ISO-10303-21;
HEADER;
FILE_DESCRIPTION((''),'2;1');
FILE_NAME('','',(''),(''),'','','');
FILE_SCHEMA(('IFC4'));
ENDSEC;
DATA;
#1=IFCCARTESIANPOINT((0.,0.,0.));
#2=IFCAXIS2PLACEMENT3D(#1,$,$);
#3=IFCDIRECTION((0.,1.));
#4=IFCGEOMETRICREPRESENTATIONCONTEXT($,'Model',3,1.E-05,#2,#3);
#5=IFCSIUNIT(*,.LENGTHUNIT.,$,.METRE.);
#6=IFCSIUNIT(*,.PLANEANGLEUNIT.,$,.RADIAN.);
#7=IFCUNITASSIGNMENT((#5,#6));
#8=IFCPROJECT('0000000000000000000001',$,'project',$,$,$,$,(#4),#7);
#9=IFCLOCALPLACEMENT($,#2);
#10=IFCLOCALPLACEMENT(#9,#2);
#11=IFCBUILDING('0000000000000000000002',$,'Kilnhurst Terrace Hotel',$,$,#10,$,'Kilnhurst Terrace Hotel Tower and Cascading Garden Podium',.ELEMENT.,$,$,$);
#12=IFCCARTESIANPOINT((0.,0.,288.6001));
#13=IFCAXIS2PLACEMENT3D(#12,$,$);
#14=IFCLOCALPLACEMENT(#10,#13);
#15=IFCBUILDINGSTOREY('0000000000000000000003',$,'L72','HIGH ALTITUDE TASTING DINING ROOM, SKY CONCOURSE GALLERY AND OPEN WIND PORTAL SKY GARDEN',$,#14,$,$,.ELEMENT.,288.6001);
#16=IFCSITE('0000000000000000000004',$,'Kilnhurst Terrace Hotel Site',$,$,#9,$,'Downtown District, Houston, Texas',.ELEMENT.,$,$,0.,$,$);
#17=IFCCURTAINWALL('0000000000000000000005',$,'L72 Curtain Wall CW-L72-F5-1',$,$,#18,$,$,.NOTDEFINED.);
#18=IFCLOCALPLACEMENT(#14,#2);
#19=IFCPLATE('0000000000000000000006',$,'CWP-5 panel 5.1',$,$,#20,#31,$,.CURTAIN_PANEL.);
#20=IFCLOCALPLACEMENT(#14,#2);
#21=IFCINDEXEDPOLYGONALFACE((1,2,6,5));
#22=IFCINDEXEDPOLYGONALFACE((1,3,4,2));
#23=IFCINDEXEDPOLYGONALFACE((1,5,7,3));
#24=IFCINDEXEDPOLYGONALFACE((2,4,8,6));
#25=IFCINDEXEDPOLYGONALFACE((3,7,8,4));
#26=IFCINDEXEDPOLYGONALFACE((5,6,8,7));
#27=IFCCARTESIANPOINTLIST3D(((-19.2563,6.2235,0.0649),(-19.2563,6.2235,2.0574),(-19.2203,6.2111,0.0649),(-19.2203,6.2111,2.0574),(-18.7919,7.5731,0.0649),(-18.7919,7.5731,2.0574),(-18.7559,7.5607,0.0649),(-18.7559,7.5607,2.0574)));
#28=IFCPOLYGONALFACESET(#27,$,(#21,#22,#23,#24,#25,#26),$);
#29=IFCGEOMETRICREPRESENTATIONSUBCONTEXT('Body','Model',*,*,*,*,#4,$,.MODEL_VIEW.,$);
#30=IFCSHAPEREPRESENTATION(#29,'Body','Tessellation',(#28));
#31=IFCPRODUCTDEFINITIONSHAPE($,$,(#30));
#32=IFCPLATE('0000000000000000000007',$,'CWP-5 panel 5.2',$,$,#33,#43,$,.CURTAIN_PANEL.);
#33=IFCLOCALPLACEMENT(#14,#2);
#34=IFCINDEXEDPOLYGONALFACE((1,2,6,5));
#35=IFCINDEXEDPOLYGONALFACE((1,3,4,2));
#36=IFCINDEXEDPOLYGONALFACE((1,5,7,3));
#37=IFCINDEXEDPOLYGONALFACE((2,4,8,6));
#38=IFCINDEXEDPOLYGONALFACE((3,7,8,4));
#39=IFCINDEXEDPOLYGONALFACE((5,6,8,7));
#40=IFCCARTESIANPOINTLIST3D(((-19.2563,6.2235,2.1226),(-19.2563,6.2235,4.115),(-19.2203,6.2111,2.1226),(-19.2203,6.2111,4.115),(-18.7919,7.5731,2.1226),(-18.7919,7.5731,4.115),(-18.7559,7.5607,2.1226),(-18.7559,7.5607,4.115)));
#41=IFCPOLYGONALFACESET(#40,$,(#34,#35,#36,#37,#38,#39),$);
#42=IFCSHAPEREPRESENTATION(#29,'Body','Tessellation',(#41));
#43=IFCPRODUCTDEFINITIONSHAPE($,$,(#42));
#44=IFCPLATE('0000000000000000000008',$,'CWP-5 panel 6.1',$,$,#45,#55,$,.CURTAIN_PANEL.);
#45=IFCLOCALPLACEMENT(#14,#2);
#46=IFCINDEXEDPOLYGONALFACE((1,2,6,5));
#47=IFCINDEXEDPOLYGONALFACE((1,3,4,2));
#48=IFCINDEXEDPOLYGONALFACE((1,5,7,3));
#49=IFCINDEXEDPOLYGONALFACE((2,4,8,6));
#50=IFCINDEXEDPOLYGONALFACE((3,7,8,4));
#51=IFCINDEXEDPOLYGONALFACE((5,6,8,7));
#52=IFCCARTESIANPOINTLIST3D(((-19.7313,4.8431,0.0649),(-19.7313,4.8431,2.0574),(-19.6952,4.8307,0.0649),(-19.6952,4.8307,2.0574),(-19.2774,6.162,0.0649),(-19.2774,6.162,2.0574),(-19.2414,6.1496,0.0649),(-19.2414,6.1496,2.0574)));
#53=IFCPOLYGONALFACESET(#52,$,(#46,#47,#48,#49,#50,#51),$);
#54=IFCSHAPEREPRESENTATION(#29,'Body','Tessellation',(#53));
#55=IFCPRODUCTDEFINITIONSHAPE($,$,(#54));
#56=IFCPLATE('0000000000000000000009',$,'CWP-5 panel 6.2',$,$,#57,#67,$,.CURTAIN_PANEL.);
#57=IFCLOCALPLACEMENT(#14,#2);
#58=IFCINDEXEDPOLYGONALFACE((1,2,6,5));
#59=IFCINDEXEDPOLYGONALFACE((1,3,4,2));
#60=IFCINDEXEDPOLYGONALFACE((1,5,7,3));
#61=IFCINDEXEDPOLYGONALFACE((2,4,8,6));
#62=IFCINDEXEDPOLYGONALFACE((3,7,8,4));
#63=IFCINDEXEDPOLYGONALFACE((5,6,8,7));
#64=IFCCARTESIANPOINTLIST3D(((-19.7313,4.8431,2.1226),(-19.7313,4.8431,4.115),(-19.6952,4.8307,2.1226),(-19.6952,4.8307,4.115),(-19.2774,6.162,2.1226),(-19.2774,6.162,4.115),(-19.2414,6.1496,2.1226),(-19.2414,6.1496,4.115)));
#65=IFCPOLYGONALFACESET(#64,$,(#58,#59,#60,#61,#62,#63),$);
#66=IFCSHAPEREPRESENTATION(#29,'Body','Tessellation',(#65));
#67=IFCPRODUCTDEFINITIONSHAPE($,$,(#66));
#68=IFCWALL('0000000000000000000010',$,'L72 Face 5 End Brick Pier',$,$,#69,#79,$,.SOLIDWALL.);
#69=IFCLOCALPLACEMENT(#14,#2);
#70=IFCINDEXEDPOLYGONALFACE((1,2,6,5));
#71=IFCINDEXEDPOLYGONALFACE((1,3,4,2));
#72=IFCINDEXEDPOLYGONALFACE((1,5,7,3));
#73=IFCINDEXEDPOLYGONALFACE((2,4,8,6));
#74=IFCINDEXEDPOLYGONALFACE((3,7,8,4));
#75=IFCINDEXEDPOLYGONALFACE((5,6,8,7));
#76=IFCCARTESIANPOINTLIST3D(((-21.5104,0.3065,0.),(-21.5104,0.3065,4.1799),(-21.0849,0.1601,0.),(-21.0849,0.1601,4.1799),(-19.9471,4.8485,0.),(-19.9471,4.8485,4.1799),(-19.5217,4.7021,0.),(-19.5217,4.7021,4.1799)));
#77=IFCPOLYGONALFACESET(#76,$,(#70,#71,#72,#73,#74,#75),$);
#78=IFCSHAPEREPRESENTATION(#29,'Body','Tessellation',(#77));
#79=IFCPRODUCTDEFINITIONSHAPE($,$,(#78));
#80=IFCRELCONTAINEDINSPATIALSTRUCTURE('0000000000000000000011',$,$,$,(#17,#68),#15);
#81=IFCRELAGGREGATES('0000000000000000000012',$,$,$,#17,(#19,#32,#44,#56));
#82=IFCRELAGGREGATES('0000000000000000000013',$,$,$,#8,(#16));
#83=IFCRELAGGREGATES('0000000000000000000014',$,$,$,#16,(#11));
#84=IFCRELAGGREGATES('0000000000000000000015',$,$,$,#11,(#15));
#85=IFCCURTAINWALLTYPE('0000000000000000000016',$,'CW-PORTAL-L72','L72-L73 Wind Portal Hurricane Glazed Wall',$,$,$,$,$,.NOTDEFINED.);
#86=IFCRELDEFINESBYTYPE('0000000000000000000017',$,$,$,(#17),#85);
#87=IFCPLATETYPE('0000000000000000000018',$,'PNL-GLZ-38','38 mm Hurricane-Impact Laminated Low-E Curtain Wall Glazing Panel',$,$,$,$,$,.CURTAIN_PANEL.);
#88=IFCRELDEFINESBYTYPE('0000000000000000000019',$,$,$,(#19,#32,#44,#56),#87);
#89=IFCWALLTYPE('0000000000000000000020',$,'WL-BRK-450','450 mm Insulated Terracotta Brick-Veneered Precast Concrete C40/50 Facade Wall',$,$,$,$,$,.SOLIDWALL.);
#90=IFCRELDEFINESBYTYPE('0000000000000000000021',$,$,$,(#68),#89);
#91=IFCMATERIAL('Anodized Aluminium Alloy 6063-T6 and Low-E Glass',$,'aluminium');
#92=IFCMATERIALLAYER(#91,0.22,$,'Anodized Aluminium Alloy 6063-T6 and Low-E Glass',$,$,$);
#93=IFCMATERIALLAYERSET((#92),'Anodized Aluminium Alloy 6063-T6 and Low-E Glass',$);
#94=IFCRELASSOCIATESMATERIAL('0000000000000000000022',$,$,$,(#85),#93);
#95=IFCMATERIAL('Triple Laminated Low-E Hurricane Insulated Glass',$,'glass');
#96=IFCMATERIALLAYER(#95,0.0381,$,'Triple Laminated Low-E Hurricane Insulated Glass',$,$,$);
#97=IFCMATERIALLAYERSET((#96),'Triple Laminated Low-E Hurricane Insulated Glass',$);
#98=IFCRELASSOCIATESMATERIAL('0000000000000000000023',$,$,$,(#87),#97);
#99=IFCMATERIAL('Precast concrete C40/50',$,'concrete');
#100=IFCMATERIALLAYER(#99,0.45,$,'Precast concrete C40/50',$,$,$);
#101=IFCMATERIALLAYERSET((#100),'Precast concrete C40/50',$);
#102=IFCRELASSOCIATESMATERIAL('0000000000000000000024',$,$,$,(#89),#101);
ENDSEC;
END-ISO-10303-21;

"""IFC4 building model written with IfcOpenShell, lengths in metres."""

from ifc_helpers import new_model, si_unit, direction, frame, frame_2d, origin, origin_2d, place, context, subcontext, project, spatial, rectangle, extrude, material, layer, layer_set, type_object, element, aggregate, save


model = new_model("IFC4")

# Units and contexts
model_context = context("Model", 3, precision=1e-05, world=origin(), true_north=direction((0.0, 1.0)))
body_context = subcontext(model_context, "Body", "Model", "MODEL_VIEW")
ifc_project = project(units=[si_unit("LENGTHUNIT", "METRE"), si_unit("PLANEANGLEUNIT", "RADIAN")], contexts=[model_context])

# Site, building, storey
site_placement = place(None, origin())
site = spatial("IfcSite", under=ifc_project, at=site_placement, Name="Kilnhurst Terrace Hotel Site", LongName="Downtown District, Houston, Texas", CompositionType="ELEMENT", RefElevation=0.0)
building_placement = place(site_placement, origin())
building = spatial("IfcBuilding", under=site, at=building_placement, Name="Kilnhurst Terrace Hotel", LongName="Kilnhurst Terrace Hotel Tower and Cascading Garden Podium", CompositionType="ELEMENT")
storey_placement = place(building_placement, frame((0.0, 0.0, 288.6001)))
storey = spatial("IfcBuildingStorey", under=building, at=storey_placement, Name="L72", Description="HIGH ALTITUDE TASTING DINING ROOM, SKY CONCOURSE GALLERY AND OPEN WIND PORTAL SKY GARDEN", CompositionType="ELEMENT", Elevation=288.6001)

# Curtain wall, plates
ifc_material_1 = material(Name="Anodized Aluminium Alloy 6063-T6 and Low-E Glass", Category="aluminium")
ifc_layer_1 = layer(ifc_material_1, 0.22, Name="Anodized Aluminium Alloy 6063-T6 and Low-E Glass")
ifc_layer_set_1 = layer_set([ifc_layer_1], Name="Anodized Aluminium Alloy 6063-T6 and Low-E Glass")
curtain_wall_type = type_object("IfcCurtainWallType", Name="CW-PORTAL-L72", Description="L72-L73 Wind Portal Hurricane Glazed Wall", PredefinedType="NOTDEFINED", material=ifc_layer_set_1)
curtain_wall_placement = place(storey_placement, origin())
curtain_wall = element("IfcCurtainWall", 1, at=curtain_wall_placement, inside=storey, type_object=curtain_wall_type, Name="L72 Curtain Wall CW-L72-F5-1", PredefinedType="NOTDEFINED")
ifc_material_2 = material(Name="Triple Laminated Low-E Hurricane Insulated Glass", Category="glass")
ifc_layer_2 = layer(ifc_material_2, 0.0381, Name="Triple Laminated Low-E Hurricane Insulated Glass")
ifc_layer_set_2 = layer_set([ifc_layer_2], Name="Triple Laminated Low-E Hurricane Insulated Glass")
plate_type = type_object("IfcPlateType", Name="PNL-GLZ-38", Description="38 mm Hurricane-Impact Laminated Low-E Curtain Wall Glazing Panel", PredefinedType="CURTAIN_PANEL", material=ifc_layer_set_2)
plate_1_placement = place(storey_placement, frame((-19.0061, 6.8921, 0.0649), z_axis=(0.0, 0.0, 1.0), x_axis=(-0.325397, -0.945578, 0.0)))
plate_1 = element("IfcPlate", 2, at=plate_1_placement, type_object=plate_type, Name="CWP-5 panel 5.1", PredefinedType="CURTAIN_PANEL", context=body_context, shape_type="SweptSolid", body=[
    extrude(rectangle(XDim=1.4272, YDim=0.0381, at=origin_2d()), origin(), (0.0, 0.0, 1.0), 1.9924),
])
plate_2_placement = place(storey_placement, frame((-19.0061, 6.8921, 2.1226), z_axis=(0.0, 0.0, 1.0), x_axis=(-0.325397, -0.945578, 0.0)))
plate_2 = element("IfcPlate", 3, at=plate_2_placement, type_object=plate_type, Name="CWP-5 panel 5.2", PredefinedType="CURTAIN_PANEL", context=body_context, shape_type="SweptSolid", body=[
    extrude(rectangle(XDim=1.4272, YDim=0.0381, at=origin_2d()), origin(), (0.0, 0.0, 1.0), 1.9924),
])
plate_3_placement = place(storey_placement, frame((-19.4863, 5.4963, 0.0649), z_axis=(0.0, 0.0, 1.0), x_axis=(-0.325397, -0.945578, 0.0)))
plate_3 = element("IfcPlate", 4, at=plate_3_placement, type_object=plate_type, Name="CWP-5 panel 6.1", PredefinedType="CURTAIN_PANEL", context=body_context, shape_type="SweptSolid", body=[
    extrude(rectangle(XDim=1.3948, YDim=0.0381, at=origin_2d()), origin(), (0.0, 0.0, 1.0), 1.9924),
])
plate_4_placement = place(storey_placement, frame((-19.4863, 5.4963, 2.1226), z_axis=(0.0, 0.0, 1.0), x_axis=(-0.325397, -0.945578, 0.0)))
plate_4 = element("IfcPlate", 5, at=plate_4_placement, type_object=plate_type, Name="CWP-5 panel 6.2", PredefinedType="CURTAIN_PANEL", context=body_context, shape_type="SweptSolid", body=[
    extrude(rectangle(XDim=1.3948, YDim=0.0381, at=origin_2d()), origin(), (0.0, 0.0, 1.0), 1.9924),
])
aggregate(curtain_wall, [plate_1, plate_2, plate_3, plate_4])

# Wall
ifc_material_3 = material(Name="Precast concrete C40/50", Category="concrete")
ifc_layer_3 = layer(ifc_material_3, 0.45, Name="Precast concrete C40/50")
ifc_layer_set_3 = layer_set([ifc_layer_3], Name="Precast concrete C40/50")
wall_type = type_object("IfcWallType", Name="WL-BRK-450", Description="450 mm Insulated Terracotta Brick-Veneered Precast Concrete C40/50 Facade Wall", PredefinedType="SOLIDWALL", material=ifc_layer_set_3)
wall_placement = place(storey_placement, frame((-19.7344, 4.7754, 0.0), z_axis=(0.0, 0.0, 1.0), x_axis=(-0.325438, -0.945563, 0.0)))
element("IfcWall", 6, at=wall_placement, inside=storey, type_object=wall_type, Name="L72 Face 5 End Brick Pier", PredefinedType="SOLIDWALL", context=body_context, shape_type="SweptSolid", body=[
    extrude(rectangle(XDim=4.8035, YDim=0.45, at=frame_2d((2.4019, 0.0))), origin(), (0.0, 0.0, 1.0), 4.1799),
])

save(model, "model.ifc")
